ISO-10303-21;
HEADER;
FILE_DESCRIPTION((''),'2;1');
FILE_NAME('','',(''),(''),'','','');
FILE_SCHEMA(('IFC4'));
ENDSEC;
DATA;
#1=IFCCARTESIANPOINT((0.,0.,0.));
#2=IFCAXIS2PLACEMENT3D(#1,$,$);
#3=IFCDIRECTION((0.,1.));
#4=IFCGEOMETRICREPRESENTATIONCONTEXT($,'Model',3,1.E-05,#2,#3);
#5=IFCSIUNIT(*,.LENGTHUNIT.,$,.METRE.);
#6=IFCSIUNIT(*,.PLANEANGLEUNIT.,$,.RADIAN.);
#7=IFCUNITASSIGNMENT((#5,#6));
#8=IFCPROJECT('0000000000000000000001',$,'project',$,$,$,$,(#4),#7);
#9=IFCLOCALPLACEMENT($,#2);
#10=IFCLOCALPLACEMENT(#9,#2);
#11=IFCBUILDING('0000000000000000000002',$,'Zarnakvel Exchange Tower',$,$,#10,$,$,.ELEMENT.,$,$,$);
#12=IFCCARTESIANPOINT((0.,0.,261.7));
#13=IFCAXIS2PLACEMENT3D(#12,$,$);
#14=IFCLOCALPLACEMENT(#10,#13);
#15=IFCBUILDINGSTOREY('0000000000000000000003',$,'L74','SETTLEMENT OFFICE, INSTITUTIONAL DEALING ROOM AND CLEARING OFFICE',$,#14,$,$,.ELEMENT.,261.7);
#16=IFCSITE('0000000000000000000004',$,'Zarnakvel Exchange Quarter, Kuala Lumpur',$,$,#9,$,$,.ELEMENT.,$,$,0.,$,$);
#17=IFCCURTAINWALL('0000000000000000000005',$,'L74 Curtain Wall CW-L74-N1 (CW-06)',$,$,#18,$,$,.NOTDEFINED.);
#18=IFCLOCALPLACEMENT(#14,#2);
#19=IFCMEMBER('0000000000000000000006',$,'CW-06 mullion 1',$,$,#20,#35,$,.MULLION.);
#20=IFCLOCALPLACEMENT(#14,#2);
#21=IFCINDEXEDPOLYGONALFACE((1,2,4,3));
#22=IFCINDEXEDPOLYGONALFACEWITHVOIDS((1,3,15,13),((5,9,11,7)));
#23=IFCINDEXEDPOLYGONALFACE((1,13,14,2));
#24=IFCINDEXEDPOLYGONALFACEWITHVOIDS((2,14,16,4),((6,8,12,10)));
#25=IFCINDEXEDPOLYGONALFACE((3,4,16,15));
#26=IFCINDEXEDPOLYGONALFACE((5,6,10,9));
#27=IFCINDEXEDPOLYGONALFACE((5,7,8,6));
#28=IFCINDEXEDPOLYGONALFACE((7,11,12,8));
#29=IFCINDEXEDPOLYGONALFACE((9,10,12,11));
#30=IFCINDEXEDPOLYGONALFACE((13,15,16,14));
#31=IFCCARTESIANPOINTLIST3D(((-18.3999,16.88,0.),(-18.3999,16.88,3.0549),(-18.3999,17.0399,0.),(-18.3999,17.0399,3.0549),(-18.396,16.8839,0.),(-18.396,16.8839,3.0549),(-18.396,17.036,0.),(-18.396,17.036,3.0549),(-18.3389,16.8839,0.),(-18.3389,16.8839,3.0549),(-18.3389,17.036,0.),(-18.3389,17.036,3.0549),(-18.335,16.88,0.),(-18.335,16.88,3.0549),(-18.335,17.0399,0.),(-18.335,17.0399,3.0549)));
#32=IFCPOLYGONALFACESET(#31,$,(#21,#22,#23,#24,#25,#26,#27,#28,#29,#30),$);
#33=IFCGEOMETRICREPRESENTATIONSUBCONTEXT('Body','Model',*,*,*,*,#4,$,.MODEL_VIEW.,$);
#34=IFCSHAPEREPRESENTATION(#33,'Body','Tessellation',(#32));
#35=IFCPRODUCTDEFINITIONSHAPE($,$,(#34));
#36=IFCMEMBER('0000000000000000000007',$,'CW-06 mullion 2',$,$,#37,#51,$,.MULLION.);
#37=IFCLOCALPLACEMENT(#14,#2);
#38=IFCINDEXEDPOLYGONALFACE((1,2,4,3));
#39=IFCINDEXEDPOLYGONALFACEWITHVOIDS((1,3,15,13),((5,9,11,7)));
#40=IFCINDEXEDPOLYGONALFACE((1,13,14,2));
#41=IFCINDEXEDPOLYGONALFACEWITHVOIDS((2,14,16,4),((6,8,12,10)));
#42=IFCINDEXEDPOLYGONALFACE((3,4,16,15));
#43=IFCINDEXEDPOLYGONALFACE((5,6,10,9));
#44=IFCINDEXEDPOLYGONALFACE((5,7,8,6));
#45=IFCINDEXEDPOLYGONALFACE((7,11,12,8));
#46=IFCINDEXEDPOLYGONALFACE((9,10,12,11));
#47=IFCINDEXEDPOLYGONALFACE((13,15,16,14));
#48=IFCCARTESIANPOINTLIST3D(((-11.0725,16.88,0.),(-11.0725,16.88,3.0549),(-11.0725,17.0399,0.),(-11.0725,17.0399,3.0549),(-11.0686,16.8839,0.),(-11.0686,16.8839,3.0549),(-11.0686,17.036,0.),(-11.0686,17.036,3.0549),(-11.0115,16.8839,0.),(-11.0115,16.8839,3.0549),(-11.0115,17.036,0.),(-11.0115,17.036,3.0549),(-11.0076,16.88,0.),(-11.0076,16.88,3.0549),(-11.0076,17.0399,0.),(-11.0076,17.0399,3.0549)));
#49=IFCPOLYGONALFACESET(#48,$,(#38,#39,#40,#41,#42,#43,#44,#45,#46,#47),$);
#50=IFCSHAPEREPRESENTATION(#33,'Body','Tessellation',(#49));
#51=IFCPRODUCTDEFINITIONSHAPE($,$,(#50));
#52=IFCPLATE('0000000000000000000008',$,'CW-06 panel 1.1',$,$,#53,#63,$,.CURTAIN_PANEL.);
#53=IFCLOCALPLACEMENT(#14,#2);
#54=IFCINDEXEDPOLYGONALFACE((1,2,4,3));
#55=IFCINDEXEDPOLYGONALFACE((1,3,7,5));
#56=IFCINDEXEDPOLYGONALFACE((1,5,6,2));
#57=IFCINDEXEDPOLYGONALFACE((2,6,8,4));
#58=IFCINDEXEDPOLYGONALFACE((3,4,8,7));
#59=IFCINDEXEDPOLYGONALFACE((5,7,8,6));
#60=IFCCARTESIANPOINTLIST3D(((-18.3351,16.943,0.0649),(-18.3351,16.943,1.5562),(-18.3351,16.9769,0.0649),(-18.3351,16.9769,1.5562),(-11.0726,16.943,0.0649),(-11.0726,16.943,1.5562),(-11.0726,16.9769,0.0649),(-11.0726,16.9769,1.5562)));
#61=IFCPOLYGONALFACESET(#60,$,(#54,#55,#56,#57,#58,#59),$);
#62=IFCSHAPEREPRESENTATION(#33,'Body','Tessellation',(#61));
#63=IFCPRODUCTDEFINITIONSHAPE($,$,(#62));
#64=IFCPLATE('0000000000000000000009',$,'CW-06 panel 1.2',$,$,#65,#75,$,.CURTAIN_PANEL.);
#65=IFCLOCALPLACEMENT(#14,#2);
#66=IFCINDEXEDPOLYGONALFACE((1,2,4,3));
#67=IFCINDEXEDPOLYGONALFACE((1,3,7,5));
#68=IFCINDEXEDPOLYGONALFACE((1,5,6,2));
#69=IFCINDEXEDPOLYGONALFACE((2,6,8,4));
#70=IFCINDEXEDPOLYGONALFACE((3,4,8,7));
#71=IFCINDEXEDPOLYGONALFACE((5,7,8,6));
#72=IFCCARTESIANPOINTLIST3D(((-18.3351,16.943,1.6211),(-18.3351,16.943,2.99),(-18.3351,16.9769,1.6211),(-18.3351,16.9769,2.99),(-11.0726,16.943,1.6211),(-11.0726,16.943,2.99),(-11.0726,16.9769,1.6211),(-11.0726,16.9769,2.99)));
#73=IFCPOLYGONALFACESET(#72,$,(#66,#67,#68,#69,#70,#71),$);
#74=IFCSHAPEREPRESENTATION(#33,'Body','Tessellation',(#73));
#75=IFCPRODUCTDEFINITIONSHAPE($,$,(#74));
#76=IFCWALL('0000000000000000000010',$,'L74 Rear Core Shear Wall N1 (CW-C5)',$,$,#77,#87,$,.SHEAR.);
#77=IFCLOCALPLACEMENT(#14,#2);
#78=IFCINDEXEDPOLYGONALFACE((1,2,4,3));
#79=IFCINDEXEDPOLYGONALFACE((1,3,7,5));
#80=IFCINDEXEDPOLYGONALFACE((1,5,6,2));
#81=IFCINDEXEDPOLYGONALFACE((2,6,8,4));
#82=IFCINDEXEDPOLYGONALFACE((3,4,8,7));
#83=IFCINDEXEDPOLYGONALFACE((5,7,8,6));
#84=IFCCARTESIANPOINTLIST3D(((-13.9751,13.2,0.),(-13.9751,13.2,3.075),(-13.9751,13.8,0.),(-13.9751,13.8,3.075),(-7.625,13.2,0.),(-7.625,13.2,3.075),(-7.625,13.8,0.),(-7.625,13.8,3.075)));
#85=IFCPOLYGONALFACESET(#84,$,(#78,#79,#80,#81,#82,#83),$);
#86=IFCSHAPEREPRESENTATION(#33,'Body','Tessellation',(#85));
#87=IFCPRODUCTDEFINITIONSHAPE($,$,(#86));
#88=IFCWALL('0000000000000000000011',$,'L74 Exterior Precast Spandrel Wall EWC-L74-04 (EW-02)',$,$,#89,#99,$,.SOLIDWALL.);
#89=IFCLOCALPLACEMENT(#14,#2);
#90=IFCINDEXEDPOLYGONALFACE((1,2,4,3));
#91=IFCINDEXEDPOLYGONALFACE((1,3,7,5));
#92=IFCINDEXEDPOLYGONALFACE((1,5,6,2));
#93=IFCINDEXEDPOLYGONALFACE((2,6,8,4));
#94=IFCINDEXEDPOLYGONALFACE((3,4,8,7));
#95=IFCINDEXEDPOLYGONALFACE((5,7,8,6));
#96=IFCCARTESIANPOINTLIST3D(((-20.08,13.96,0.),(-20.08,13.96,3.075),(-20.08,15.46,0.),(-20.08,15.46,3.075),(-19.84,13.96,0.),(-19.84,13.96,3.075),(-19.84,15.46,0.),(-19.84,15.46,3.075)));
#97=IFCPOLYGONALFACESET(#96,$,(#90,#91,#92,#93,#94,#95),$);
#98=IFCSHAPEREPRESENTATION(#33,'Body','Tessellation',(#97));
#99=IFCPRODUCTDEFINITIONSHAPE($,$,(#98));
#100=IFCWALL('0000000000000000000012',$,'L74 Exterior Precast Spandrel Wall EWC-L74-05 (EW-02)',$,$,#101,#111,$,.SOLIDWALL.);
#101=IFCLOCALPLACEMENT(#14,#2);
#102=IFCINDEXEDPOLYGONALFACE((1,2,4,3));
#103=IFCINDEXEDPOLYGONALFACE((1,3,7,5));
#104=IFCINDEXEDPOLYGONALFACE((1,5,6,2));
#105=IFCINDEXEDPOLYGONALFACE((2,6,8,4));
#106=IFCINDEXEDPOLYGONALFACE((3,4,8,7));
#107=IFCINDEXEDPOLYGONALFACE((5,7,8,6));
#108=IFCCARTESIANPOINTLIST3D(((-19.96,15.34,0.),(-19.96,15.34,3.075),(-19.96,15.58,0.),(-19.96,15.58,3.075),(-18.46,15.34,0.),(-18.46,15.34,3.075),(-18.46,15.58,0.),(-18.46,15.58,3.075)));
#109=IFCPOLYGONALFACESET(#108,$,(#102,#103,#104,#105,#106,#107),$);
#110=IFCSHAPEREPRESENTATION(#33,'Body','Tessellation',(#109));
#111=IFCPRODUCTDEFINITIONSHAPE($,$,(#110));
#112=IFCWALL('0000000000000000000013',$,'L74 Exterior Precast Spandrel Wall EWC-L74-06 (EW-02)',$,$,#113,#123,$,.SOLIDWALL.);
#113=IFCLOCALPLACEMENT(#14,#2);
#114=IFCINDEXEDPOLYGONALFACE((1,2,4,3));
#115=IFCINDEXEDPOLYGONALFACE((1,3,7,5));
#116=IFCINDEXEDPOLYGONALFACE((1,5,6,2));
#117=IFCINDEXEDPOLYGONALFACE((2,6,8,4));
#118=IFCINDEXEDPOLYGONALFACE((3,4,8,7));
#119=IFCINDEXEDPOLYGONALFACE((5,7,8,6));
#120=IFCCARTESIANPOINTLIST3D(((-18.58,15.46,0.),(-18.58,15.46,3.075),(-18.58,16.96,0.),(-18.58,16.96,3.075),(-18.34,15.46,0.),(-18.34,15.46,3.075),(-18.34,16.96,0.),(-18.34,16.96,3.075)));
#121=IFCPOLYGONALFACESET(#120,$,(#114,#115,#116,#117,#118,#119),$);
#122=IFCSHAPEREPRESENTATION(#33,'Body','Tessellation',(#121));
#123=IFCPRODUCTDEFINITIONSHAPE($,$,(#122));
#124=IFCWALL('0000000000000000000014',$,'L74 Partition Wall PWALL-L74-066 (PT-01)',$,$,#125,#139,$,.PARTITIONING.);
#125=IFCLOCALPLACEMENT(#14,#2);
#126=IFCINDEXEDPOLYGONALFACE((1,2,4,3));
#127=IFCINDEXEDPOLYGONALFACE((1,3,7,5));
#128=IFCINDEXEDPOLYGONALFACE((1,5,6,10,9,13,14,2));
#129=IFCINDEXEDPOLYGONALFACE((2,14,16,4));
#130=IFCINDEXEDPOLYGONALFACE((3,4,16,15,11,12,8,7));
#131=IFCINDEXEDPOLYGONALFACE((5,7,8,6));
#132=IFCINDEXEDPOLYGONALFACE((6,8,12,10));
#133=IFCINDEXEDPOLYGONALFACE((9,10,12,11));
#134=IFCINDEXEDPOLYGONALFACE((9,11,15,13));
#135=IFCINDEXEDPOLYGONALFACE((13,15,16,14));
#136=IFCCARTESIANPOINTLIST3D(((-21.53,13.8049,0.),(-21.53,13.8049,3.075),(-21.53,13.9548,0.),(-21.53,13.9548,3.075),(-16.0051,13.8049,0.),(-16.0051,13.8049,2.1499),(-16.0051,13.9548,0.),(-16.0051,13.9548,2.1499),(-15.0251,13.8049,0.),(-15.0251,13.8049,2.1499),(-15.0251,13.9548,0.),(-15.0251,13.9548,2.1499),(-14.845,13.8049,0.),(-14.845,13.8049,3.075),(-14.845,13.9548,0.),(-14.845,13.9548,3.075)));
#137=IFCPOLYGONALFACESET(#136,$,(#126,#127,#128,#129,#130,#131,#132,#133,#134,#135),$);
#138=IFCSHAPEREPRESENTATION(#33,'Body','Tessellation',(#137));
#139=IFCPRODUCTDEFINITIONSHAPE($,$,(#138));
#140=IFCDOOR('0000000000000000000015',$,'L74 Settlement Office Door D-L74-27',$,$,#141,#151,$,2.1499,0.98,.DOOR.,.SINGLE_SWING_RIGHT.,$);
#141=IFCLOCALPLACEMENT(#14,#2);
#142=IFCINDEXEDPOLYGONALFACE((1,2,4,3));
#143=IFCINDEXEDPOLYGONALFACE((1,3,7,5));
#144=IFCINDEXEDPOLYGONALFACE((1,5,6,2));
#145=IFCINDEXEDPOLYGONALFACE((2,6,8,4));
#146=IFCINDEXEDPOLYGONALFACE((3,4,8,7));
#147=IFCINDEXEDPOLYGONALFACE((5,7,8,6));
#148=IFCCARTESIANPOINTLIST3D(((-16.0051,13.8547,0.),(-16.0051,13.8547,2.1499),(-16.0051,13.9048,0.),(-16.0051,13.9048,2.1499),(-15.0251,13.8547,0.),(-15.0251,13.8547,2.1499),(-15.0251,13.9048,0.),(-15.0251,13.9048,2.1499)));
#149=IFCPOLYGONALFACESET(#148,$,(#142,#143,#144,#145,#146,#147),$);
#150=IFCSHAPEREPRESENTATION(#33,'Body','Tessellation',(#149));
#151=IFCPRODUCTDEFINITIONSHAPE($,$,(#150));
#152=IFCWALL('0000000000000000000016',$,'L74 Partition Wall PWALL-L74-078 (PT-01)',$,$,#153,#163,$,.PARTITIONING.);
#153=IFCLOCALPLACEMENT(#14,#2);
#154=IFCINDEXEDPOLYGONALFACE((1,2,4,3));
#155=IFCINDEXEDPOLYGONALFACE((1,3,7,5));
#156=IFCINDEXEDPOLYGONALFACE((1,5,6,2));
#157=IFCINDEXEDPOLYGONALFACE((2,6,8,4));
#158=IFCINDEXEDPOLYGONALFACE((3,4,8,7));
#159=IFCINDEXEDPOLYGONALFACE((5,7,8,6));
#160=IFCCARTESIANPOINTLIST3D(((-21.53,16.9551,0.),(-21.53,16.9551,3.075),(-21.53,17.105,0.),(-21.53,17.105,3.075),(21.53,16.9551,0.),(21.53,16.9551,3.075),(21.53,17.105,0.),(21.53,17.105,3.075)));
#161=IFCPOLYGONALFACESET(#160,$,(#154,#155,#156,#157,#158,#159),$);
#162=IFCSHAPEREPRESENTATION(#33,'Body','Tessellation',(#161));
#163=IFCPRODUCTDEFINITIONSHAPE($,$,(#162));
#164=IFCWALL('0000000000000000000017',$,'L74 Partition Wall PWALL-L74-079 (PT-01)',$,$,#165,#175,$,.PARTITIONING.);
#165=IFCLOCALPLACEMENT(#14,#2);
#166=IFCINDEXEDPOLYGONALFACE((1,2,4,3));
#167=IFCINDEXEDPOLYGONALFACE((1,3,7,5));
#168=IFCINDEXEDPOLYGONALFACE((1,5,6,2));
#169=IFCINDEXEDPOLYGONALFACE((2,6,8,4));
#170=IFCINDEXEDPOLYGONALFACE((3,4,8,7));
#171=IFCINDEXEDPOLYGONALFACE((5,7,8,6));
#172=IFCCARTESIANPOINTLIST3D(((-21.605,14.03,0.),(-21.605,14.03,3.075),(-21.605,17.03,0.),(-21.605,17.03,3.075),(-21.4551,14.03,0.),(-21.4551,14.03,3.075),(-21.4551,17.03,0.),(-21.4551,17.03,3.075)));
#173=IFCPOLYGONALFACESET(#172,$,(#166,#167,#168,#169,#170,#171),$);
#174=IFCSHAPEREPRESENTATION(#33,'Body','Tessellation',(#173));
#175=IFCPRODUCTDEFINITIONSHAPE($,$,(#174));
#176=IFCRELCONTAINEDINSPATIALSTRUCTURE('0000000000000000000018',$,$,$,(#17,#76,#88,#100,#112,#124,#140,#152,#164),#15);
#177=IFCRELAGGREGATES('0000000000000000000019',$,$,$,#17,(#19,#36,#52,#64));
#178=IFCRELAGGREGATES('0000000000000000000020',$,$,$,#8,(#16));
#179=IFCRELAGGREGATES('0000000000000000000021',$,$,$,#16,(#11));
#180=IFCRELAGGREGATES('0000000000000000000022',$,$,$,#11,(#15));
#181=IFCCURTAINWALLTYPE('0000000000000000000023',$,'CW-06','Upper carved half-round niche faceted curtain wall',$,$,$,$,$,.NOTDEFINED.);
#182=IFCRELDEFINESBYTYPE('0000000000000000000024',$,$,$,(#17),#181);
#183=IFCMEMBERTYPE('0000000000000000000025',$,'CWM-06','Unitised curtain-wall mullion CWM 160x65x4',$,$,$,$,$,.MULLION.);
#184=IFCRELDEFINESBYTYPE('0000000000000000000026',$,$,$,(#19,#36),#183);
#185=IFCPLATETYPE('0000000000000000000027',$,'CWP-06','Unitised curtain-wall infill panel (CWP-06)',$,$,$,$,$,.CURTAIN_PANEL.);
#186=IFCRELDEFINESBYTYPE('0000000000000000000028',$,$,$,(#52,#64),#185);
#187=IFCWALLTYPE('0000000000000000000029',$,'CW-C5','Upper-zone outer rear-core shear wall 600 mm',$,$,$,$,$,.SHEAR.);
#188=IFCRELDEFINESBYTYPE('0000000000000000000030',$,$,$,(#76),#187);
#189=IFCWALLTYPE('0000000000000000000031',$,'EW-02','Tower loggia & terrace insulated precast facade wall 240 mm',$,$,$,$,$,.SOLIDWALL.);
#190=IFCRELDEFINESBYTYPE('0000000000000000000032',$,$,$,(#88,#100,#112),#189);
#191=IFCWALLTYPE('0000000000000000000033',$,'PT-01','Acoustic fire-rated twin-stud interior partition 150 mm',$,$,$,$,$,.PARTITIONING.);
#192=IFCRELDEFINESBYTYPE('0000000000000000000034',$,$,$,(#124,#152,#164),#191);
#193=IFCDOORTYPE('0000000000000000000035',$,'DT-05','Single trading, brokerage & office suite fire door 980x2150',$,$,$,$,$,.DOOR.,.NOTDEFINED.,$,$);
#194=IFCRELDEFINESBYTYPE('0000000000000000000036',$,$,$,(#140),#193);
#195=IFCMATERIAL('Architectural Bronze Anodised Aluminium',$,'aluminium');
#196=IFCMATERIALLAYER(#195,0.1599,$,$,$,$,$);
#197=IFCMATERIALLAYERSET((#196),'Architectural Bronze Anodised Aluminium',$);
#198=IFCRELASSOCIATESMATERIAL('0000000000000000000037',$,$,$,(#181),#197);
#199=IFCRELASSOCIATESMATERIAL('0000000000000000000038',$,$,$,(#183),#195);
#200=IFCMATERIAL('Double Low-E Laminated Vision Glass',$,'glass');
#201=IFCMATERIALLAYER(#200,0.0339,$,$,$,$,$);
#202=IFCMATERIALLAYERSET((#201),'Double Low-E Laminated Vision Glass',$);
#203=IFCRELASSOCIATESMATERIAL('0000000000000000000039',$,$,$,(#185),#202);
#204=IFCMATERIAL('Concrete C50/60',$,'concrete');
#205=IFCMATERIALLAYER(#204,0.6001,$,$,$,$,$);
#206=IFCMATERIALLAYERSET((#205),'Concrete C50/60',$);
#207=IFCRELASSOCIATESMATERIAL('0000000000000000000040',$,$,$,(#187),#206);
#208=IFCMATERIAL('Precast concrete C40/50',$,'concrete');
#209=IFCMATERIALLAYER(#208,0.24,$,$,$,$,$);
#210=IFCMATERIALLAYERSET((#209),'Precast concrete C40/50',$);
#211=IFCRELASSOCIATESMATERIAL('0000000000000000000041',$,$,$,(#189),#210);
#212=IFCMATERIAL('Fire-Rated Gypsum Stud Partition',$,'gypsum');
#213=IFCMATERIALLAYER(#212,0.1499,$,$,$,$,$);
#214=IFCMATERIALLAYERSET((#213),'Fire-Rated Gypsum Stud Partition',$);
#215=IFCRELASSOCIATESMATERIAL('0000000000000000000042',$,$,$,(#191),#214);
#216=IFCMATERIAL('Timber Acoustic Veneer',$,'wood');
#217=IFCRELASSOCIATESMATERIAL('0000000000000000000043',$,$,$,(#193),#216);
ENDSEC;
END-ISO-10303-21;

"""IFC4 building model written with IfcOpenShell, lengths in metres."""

from ifc_helpers import new_model, si_unit, direction, frame, frame_2d, origin, origin_2d, place, context, subcontext, project, spatial, rectangle, hollow_rectangle, extrude, source, transform, mapped, material, layer, layer_set, material_profile, profile_set, type_object, element, fill, aggregate, save


model = new_model("IFC4")

# Units and contexts
model_context = context("Model", 3, precision=1e-05, world=origin(), true_north=direction((0.0, 1.0)))
body_context = subcontext(model_context, "Body", "Model", "MODEL_VIEW")
ifc_project = project(units=[si_unit("LENGTHUNIT", "METRE"), si_unit("PLANEANGLEUNIT", "RADIAN")], contexts=[model_context])

# Site, building, storey
site_placement = place(None, origin())
site = spatial("IfcSite", under=ifc_project, at=site_placement, Name="Zarnakvel Exchange Quarter, Kuala Lumpur", CompositionType="ELEMENT", RefElevation=0.0)
building_placement = place(site_placement, origin())
building = spatial("IfcBuilding", under=site, at=building_placement, Name="Zarnakvel Exchange Tower", CompositionType="ELEMENT")
storey_placement = place(building_placement, frame((0.0, 0.0, 261.7)))
storey = spatial("IfcBuildingStorey", under=building, at=storey_placement, Name="L74", Description="SETTLEMENT OFFICE, INSTITUTIONAL DEALING ROOM AND CLEARING OFFICE", CompositionType="ELEMENT", Elevation=261.7)

# Shared definitions
ifc_material_1 = material(Name="Concrete C50/60", Category="concrete")

# Shared definitions
ifc_material_2 = material(Name="Architectural Bronze Anodised Aluminium", Category="aluminium")

# Curtain wall, members, plates
ifc_layer_1 = layer(ifc_material_2, 0.1599)
ifc_layer_set_1 = layer_set([ifc_layer_1], Name="Architectural Bronze Anodised Aluminium")
curtain_wall_type_1 = type_object("IfcCurtainWallType", Name="CW-06", Description="Upper carved half-round niche faceted curtain wall", PredefinedType="NOTDEFINED", material=ifc_layer_set_1)
curtain_wall_1_placement = place(storey_placement, origin())
curtain_wall_1 = element("IfcCurtainWall", 1, at=curtain_wall_1_placement, inside=storey, type_object=curtain_wall_type_1, Name="L74 Curtain Wall CW-L74-N1 (CW-06)", PredefinedType="NOTDEFINED")
ifc_material_profile_1 = material_profile(ifc_material_2, hollow_rectangle(XDim=0.1599, YDim=0.0649, WallThickness=0.0039, at=origin_2d()))
ifc_profile_set_1 = profile_set([ifc_material_profile_1], Name="Architectural Bronze Anodised Aluminium")
member_type_1 = type_object("IfcMemberType", Name="CWM-06", Description="Unitised curtain-wall mullion CWM 160x65x4", PredefinedType="MULLION", material=ifc_profile_set_1)
shared_shape_1 = source(origin(), body_context, "Body", "SweptSolid", [
    extrude(hollow_rectangle(XDim=0.1599, YDim=0.0649, WallThickness=0.0039, at=origin_2d()), origin(), (0.0, 0.0, 1.0), 3.0549),
])
member_1_placement = place(storey_placement, frame((-18.3674, 16.96, 0.0), z_axis=(0.0, 0.0, 1.0), x_axis=(0.0, 1.0, 0.0)))
member_1 = element("IfcMember", 2, at=member_1_placement, type_object=member_type_1, Name="CW-06 mullion 1", PredefinedType="MULLION", context=body_context, shape_type="MappedRepresentation", body=[
    mapped(shared_shape_1, transform((0.0, 0.0, 0.0), x_axis=(1.0, 0.0, 0.0), y_axis=(0.0, 1.0, 0.0), z_axis=(0.0, 0.0, 1.0), scale=1.0)),
])
member_2_placement = place(storey_placement, frame((-11.04, 16.96, 0.0), z_axis=(0.0, 0.0, 1.0), x_axis=(0.0, 1.0, 0.0)))
member_2 = element("IfcMember", 3, at=member_2_placement, type_object=member_type_1, Name="CW-06 mullion 2", PredefinedType="MULLION", context=body_context, shape_type="MappedRepresentation", body=[
    mapped(shared_shape_1, transform((0.0, 0.0, 0.0), x_axis=(1.0, 0.0, 0.0), y_axis=(0.0, 1.0, 0.0), z_axis=(0.0, 0.0, 1.0), scale=1.0)),
])
ifc_material_3 = material(Name="Double Low-E Laminated Vision Glass", Category="glass")
ifc_layer_2 = layer(ifc_material_3, 0.0339)
ifc_layer_set_2 = layer_set([ifc_layer_2], Name="Double Low-E Laminated Vision Glass")
plate_type = type_object("IfcPlateType", Name="CWP-06", Description="Unitised curtain-wall infill panel (CWP-06)", PredefinedType="CURTAIN_PANEL", material=ifc_layer_set_2)
shared_shape_2 = source(origin(), body_context, "Body", "SweptSolid", [
    extrude(rectangle(XDim=7.2625, YDim=0.0339, at=origin_2d()), origin(), (0.0, 0.0, 1.0), 1.4912),
])
plate_1_placement = place(storey_placement, frame((-14.7039, 16.96, 0.0649), z_axis=(0.0, 0.0, 1.0), x_axis=(1.0, 0.0, 0.0)))
plate_1 = element("IfcPlate", 4, at=plate_1_placement, type_object=plate_type, Name="CW-06 panel 1.1", PredefinedType="CURTAIN_PANEL", context=body_context, shape_type="MappedRepresentation", body=[
    mapped(shared_shape_2, transform((0.0, 0.0, 0.0), x_axis=(1.0, 0.0, 0.0), y_axis=(0.0, 1.0, 0.0), z_axis=(0.0, 0.0, 1.0), scale=1.0)),
])
shared_shape_3 = source(origin(), body_context, "Body", "SweptSolid", [
    extrude(rectangle(XDim=7.2625, YDim=0.0339, at=origin_2d()), origin(), (0.0, 0.0, 1.0), 1.3689),
])
plate_2_placement = place(storey_placement, frame((-14.7039, 16.96, 1.6211), z_axis=(0.0, 0.0, 1.0), x_axis=(1.0, 0.0, 0.0)))
plate_2 = element("IfcPlate", 5, at=plate_2_placement, type_object=plate_type, Name="CW-06 panel 1.2", PredefinedType="CURTAIN_PANEL", context=body_context, shape_type="MappedRepresentation", body=[
    mapped(shared_shape_3, transform((0.0, 0.0, 0.0), x_axis=(1.0, 0.0, 0.0), y_axis=(0.0, 1.0, 0.0), z_axis=(0.0, 0.0, 1.0), scale=1.0)),
])
aggregate(curtain_wall_1, [member_1, member_2, plate_1, plate_2])

# Walls
ifc_layer_3 = layer(ifc_material_1, 0.6001)
ifc_layer_set_3 = layer_set([ifc_layer_3], Name="Concrete C50/60")
wall_type_1 = type_object("IfcWallType", Name="CW-C5", Description="Upper-zone outer rear-core shear wall 600 mm", PredefinedType="SHEAR", material=ifc_layer_set_3)
wall_1_placement = place(storey_placement, frame((-13.9751, 13.5, 0.0), z_axis=(0.0, 0.0, 1.0), x_axis=(1.0, 0.0, 0.0)))
element("IfcWall", 6, at=wall_1_placement, inside=storey, type_object=wall_type_1, Name="L74 Rear Core Shear Wall N1 (CW-C5)", PredefinedType="SHEAR", context=body_context, shape_type="SweptSolid", body=[
    extrude(rectangle(XDim=6.3501, YDim=0.6001, at=frame_2d((3.175, 0.0))), origin(), (0.0, 0.0, 1.0), 3.075),
])
ifc_material_4 = material(Name="Precast concrete C40/50", Category="concrete")
ifc_layer_4 = layer(ifc_material_4, 0.24)
ifc_layer_set_4 = layer_set([ifc_layer_4], Name="Precast concrete C40/50")
wall_type_2 = type_object("IfcWallType", Name="EW-02", Description="Tower loggia & terrace insulated precast facade wall 240 mm", PredefinedType="SOLIDWALL", material=ifc_layer_set_4)
for number, where, z_axis, x_axis, name in (
    (7, (-19.96, 15.46, 0.0), (0.0, 0.0, 1.0), (0.0, -1.0, 0.0), "L74 Exterior Precast Spandrel Wall EWC-L74-04 (EW-02)"),
    (8, (-18.46, 15.46, 0.0), (0.0, 0.0, 1.0), (-1.0, 0.0, 0.0), "L74 Exterior Precast Spandrel Wall EWC-L74-05 (EW-02)"),
    (9, (-18.46, 16.96, 0.0), (0.0, 0.0, 1.0), (0.0, -1.0, 0.0), "L74 Exterior Precast Spandrel Wall EWC-L74-06 (EW-02)"),
):
    element("IfcWall", number, at=place(storey_placement, frame(where, z_axis=z_axis, x_axis=x_axis)), inside=storey, type_object=wall_type_2, Name=name, PredefinedType="SOLIDWALL", context=body_context, shape_type="SweptSolid", body=[
        extrude(rectangle(XDim=1.5, YDim=0.24, at=frame_2d((0.75, 0.0))), origin(), (0.0, 0.0, 1.0), 3.075),
    ])

# Wall, opening, door
ifc_material_5 = material(Name="Fire-Rated Gypsum Stud Partition", Category="gypsum")
ifc_layer_5 = layer(ifc_material_5, 0.1499)
ifc_layer_set_5 = layer_set([ifc_layer_5], Name="Fire-Rated Gypsum Stud Partition")
wall_type_3 = type_object("IfcWallType", Name="PT-01", Description="Acoustic fire-rated twin-stud interior partition 150 mm", PredefinedType="PARTITIONING", material=ifc_layer_set_5)
wall_2_placement = place(storey_placement, frame((-21.53, 13.8799, 0.0), z_axis=(0.0, 0.0, 1.0), x_axis=(1.0, 0.0, 0.0)))
wall_2 = element("IfcWall", 10, at=wall_2_placement, inside=storey, type_object=wall_type_3, Name="L74 Partition Wall PWALL-L74-066 (PT-01)", PredefinedType="PARTITIONING", context=body_context, shape_type="SweptSolid", body=[
    extrude(rectangle(XDim=6.6851, YDim=0.1499, at=frame_2d((3.3425, 0.0))), origin(), (0.0, 0.0, 1.0), 3.075),
])
opening_placement = place(wall_2_placement, frame((5.5249, 0.0, 0.0)))
opening = element("IfcOpeningElement", 11, at=opening_placement, cuts=wall_2, PredefinedType="OPENING", context=body_context, shape_type="SweptSolid", body=[
    extrude(rectangle(XDim=0.98, YDim=2.1499, at=frame_2d((0.49, 1.075))), frame((0.0, 0.085, 0.0), z_axis=(0.0, -1.0, 0.0), x_axis=(1.0, 0.0, 0.0)), (0.0, 0.0, 1.0), 0.1699),
])
ifc_material_6 = material(Name="Timber Acoustic Veneer", Category="wood")
door_type = type_object("IfcDoorType", Name="DT-05", Description="Single trading, brokerage & office suite fire door 980x2150", OperationType="NOTDEFINED", PredefinedType="DOOR", material=ifc_material_6)
shared_shape_4 = source(origin(), body_context, "Body", "SweptSolid", [
    extrude(rectangle(XDim=0.98, YDim=2.1499, at=frame_2d((0.49, 1.075))), frame((0.0, 0.0249, 0.0), z_axis=(0.0, -1.0, 0.0), x_axis=(1.0, 0.0, 0.0)), (0.0, 0.0, 1.0), 0.05),
])
door_placement = place(opening_placement, origin())
door = element("IfcDoor", 12, at=door_placement, inside=storey, type_object=door_type, Name="L74 Settlement Office Door D-L74-27", OperationType="SINGLE_SWING_RIGHT", OverallHeight=2.1499, OverallWidth=0.98, PredefinedType="DOOR", context=body_context, shape_type="MappedRepresentation", body=[
    mapped(shared_shape_4, transform((0.0, 0.0, 0.0), x_axis=(1.0, 0.0, 0.0), y_axis=(0.0, 1.0, 0.0), z_axis=(0.0, 0.0, 1.0), scale=1.0)),
])
fill(opening, door)

# Walls
wall_3_placement = place(storey_placement, frame((-21.53, 17.03, 0.0), z_axis=(0.0, 0.0, 1.0), x_axis=(1.0, 0.0, 0.0)))
element("IfcWall", 13, at=wall_3_placement, inside=storey, type_object=wall_type_3, Name="L74 Partition Wall PWALL-L74-078 (PT-01)", PredefinedType="PARTITIONING", context=body_context, shape_type="SweptSolid", body=[
    extrude(rectangle(XDim=43.0601, YDim=0.1499, at=frame_2d((21.53, 0.0))), origin(), (0.0, 0.0, 1.0), 3.075),
])
wall_4_placement = place(storey_placement, frame((-21.53, 14.03, 0.0), z_axis=(0.0, 0.0, 1.0), x_axis=(0.0, 1.0, 0.0)))
element("IfcWall", 14, at=wall_4_placement, inside=storey, type_object=wall_type_3, Name="L74 Partition Wall PWALL-L74-079 (PT-01)", PredefinedType="PARTITIONING", context=body_context, shape_type="SweptSolid", body=[
    extrude(rectangle(XDim=3.0, YDim=0.1499, at=frame_2d((1.5, 0.0))), origin(), (0.0, 0.0, 1.0), 3.075),
])

save(model, "model.ifc")
